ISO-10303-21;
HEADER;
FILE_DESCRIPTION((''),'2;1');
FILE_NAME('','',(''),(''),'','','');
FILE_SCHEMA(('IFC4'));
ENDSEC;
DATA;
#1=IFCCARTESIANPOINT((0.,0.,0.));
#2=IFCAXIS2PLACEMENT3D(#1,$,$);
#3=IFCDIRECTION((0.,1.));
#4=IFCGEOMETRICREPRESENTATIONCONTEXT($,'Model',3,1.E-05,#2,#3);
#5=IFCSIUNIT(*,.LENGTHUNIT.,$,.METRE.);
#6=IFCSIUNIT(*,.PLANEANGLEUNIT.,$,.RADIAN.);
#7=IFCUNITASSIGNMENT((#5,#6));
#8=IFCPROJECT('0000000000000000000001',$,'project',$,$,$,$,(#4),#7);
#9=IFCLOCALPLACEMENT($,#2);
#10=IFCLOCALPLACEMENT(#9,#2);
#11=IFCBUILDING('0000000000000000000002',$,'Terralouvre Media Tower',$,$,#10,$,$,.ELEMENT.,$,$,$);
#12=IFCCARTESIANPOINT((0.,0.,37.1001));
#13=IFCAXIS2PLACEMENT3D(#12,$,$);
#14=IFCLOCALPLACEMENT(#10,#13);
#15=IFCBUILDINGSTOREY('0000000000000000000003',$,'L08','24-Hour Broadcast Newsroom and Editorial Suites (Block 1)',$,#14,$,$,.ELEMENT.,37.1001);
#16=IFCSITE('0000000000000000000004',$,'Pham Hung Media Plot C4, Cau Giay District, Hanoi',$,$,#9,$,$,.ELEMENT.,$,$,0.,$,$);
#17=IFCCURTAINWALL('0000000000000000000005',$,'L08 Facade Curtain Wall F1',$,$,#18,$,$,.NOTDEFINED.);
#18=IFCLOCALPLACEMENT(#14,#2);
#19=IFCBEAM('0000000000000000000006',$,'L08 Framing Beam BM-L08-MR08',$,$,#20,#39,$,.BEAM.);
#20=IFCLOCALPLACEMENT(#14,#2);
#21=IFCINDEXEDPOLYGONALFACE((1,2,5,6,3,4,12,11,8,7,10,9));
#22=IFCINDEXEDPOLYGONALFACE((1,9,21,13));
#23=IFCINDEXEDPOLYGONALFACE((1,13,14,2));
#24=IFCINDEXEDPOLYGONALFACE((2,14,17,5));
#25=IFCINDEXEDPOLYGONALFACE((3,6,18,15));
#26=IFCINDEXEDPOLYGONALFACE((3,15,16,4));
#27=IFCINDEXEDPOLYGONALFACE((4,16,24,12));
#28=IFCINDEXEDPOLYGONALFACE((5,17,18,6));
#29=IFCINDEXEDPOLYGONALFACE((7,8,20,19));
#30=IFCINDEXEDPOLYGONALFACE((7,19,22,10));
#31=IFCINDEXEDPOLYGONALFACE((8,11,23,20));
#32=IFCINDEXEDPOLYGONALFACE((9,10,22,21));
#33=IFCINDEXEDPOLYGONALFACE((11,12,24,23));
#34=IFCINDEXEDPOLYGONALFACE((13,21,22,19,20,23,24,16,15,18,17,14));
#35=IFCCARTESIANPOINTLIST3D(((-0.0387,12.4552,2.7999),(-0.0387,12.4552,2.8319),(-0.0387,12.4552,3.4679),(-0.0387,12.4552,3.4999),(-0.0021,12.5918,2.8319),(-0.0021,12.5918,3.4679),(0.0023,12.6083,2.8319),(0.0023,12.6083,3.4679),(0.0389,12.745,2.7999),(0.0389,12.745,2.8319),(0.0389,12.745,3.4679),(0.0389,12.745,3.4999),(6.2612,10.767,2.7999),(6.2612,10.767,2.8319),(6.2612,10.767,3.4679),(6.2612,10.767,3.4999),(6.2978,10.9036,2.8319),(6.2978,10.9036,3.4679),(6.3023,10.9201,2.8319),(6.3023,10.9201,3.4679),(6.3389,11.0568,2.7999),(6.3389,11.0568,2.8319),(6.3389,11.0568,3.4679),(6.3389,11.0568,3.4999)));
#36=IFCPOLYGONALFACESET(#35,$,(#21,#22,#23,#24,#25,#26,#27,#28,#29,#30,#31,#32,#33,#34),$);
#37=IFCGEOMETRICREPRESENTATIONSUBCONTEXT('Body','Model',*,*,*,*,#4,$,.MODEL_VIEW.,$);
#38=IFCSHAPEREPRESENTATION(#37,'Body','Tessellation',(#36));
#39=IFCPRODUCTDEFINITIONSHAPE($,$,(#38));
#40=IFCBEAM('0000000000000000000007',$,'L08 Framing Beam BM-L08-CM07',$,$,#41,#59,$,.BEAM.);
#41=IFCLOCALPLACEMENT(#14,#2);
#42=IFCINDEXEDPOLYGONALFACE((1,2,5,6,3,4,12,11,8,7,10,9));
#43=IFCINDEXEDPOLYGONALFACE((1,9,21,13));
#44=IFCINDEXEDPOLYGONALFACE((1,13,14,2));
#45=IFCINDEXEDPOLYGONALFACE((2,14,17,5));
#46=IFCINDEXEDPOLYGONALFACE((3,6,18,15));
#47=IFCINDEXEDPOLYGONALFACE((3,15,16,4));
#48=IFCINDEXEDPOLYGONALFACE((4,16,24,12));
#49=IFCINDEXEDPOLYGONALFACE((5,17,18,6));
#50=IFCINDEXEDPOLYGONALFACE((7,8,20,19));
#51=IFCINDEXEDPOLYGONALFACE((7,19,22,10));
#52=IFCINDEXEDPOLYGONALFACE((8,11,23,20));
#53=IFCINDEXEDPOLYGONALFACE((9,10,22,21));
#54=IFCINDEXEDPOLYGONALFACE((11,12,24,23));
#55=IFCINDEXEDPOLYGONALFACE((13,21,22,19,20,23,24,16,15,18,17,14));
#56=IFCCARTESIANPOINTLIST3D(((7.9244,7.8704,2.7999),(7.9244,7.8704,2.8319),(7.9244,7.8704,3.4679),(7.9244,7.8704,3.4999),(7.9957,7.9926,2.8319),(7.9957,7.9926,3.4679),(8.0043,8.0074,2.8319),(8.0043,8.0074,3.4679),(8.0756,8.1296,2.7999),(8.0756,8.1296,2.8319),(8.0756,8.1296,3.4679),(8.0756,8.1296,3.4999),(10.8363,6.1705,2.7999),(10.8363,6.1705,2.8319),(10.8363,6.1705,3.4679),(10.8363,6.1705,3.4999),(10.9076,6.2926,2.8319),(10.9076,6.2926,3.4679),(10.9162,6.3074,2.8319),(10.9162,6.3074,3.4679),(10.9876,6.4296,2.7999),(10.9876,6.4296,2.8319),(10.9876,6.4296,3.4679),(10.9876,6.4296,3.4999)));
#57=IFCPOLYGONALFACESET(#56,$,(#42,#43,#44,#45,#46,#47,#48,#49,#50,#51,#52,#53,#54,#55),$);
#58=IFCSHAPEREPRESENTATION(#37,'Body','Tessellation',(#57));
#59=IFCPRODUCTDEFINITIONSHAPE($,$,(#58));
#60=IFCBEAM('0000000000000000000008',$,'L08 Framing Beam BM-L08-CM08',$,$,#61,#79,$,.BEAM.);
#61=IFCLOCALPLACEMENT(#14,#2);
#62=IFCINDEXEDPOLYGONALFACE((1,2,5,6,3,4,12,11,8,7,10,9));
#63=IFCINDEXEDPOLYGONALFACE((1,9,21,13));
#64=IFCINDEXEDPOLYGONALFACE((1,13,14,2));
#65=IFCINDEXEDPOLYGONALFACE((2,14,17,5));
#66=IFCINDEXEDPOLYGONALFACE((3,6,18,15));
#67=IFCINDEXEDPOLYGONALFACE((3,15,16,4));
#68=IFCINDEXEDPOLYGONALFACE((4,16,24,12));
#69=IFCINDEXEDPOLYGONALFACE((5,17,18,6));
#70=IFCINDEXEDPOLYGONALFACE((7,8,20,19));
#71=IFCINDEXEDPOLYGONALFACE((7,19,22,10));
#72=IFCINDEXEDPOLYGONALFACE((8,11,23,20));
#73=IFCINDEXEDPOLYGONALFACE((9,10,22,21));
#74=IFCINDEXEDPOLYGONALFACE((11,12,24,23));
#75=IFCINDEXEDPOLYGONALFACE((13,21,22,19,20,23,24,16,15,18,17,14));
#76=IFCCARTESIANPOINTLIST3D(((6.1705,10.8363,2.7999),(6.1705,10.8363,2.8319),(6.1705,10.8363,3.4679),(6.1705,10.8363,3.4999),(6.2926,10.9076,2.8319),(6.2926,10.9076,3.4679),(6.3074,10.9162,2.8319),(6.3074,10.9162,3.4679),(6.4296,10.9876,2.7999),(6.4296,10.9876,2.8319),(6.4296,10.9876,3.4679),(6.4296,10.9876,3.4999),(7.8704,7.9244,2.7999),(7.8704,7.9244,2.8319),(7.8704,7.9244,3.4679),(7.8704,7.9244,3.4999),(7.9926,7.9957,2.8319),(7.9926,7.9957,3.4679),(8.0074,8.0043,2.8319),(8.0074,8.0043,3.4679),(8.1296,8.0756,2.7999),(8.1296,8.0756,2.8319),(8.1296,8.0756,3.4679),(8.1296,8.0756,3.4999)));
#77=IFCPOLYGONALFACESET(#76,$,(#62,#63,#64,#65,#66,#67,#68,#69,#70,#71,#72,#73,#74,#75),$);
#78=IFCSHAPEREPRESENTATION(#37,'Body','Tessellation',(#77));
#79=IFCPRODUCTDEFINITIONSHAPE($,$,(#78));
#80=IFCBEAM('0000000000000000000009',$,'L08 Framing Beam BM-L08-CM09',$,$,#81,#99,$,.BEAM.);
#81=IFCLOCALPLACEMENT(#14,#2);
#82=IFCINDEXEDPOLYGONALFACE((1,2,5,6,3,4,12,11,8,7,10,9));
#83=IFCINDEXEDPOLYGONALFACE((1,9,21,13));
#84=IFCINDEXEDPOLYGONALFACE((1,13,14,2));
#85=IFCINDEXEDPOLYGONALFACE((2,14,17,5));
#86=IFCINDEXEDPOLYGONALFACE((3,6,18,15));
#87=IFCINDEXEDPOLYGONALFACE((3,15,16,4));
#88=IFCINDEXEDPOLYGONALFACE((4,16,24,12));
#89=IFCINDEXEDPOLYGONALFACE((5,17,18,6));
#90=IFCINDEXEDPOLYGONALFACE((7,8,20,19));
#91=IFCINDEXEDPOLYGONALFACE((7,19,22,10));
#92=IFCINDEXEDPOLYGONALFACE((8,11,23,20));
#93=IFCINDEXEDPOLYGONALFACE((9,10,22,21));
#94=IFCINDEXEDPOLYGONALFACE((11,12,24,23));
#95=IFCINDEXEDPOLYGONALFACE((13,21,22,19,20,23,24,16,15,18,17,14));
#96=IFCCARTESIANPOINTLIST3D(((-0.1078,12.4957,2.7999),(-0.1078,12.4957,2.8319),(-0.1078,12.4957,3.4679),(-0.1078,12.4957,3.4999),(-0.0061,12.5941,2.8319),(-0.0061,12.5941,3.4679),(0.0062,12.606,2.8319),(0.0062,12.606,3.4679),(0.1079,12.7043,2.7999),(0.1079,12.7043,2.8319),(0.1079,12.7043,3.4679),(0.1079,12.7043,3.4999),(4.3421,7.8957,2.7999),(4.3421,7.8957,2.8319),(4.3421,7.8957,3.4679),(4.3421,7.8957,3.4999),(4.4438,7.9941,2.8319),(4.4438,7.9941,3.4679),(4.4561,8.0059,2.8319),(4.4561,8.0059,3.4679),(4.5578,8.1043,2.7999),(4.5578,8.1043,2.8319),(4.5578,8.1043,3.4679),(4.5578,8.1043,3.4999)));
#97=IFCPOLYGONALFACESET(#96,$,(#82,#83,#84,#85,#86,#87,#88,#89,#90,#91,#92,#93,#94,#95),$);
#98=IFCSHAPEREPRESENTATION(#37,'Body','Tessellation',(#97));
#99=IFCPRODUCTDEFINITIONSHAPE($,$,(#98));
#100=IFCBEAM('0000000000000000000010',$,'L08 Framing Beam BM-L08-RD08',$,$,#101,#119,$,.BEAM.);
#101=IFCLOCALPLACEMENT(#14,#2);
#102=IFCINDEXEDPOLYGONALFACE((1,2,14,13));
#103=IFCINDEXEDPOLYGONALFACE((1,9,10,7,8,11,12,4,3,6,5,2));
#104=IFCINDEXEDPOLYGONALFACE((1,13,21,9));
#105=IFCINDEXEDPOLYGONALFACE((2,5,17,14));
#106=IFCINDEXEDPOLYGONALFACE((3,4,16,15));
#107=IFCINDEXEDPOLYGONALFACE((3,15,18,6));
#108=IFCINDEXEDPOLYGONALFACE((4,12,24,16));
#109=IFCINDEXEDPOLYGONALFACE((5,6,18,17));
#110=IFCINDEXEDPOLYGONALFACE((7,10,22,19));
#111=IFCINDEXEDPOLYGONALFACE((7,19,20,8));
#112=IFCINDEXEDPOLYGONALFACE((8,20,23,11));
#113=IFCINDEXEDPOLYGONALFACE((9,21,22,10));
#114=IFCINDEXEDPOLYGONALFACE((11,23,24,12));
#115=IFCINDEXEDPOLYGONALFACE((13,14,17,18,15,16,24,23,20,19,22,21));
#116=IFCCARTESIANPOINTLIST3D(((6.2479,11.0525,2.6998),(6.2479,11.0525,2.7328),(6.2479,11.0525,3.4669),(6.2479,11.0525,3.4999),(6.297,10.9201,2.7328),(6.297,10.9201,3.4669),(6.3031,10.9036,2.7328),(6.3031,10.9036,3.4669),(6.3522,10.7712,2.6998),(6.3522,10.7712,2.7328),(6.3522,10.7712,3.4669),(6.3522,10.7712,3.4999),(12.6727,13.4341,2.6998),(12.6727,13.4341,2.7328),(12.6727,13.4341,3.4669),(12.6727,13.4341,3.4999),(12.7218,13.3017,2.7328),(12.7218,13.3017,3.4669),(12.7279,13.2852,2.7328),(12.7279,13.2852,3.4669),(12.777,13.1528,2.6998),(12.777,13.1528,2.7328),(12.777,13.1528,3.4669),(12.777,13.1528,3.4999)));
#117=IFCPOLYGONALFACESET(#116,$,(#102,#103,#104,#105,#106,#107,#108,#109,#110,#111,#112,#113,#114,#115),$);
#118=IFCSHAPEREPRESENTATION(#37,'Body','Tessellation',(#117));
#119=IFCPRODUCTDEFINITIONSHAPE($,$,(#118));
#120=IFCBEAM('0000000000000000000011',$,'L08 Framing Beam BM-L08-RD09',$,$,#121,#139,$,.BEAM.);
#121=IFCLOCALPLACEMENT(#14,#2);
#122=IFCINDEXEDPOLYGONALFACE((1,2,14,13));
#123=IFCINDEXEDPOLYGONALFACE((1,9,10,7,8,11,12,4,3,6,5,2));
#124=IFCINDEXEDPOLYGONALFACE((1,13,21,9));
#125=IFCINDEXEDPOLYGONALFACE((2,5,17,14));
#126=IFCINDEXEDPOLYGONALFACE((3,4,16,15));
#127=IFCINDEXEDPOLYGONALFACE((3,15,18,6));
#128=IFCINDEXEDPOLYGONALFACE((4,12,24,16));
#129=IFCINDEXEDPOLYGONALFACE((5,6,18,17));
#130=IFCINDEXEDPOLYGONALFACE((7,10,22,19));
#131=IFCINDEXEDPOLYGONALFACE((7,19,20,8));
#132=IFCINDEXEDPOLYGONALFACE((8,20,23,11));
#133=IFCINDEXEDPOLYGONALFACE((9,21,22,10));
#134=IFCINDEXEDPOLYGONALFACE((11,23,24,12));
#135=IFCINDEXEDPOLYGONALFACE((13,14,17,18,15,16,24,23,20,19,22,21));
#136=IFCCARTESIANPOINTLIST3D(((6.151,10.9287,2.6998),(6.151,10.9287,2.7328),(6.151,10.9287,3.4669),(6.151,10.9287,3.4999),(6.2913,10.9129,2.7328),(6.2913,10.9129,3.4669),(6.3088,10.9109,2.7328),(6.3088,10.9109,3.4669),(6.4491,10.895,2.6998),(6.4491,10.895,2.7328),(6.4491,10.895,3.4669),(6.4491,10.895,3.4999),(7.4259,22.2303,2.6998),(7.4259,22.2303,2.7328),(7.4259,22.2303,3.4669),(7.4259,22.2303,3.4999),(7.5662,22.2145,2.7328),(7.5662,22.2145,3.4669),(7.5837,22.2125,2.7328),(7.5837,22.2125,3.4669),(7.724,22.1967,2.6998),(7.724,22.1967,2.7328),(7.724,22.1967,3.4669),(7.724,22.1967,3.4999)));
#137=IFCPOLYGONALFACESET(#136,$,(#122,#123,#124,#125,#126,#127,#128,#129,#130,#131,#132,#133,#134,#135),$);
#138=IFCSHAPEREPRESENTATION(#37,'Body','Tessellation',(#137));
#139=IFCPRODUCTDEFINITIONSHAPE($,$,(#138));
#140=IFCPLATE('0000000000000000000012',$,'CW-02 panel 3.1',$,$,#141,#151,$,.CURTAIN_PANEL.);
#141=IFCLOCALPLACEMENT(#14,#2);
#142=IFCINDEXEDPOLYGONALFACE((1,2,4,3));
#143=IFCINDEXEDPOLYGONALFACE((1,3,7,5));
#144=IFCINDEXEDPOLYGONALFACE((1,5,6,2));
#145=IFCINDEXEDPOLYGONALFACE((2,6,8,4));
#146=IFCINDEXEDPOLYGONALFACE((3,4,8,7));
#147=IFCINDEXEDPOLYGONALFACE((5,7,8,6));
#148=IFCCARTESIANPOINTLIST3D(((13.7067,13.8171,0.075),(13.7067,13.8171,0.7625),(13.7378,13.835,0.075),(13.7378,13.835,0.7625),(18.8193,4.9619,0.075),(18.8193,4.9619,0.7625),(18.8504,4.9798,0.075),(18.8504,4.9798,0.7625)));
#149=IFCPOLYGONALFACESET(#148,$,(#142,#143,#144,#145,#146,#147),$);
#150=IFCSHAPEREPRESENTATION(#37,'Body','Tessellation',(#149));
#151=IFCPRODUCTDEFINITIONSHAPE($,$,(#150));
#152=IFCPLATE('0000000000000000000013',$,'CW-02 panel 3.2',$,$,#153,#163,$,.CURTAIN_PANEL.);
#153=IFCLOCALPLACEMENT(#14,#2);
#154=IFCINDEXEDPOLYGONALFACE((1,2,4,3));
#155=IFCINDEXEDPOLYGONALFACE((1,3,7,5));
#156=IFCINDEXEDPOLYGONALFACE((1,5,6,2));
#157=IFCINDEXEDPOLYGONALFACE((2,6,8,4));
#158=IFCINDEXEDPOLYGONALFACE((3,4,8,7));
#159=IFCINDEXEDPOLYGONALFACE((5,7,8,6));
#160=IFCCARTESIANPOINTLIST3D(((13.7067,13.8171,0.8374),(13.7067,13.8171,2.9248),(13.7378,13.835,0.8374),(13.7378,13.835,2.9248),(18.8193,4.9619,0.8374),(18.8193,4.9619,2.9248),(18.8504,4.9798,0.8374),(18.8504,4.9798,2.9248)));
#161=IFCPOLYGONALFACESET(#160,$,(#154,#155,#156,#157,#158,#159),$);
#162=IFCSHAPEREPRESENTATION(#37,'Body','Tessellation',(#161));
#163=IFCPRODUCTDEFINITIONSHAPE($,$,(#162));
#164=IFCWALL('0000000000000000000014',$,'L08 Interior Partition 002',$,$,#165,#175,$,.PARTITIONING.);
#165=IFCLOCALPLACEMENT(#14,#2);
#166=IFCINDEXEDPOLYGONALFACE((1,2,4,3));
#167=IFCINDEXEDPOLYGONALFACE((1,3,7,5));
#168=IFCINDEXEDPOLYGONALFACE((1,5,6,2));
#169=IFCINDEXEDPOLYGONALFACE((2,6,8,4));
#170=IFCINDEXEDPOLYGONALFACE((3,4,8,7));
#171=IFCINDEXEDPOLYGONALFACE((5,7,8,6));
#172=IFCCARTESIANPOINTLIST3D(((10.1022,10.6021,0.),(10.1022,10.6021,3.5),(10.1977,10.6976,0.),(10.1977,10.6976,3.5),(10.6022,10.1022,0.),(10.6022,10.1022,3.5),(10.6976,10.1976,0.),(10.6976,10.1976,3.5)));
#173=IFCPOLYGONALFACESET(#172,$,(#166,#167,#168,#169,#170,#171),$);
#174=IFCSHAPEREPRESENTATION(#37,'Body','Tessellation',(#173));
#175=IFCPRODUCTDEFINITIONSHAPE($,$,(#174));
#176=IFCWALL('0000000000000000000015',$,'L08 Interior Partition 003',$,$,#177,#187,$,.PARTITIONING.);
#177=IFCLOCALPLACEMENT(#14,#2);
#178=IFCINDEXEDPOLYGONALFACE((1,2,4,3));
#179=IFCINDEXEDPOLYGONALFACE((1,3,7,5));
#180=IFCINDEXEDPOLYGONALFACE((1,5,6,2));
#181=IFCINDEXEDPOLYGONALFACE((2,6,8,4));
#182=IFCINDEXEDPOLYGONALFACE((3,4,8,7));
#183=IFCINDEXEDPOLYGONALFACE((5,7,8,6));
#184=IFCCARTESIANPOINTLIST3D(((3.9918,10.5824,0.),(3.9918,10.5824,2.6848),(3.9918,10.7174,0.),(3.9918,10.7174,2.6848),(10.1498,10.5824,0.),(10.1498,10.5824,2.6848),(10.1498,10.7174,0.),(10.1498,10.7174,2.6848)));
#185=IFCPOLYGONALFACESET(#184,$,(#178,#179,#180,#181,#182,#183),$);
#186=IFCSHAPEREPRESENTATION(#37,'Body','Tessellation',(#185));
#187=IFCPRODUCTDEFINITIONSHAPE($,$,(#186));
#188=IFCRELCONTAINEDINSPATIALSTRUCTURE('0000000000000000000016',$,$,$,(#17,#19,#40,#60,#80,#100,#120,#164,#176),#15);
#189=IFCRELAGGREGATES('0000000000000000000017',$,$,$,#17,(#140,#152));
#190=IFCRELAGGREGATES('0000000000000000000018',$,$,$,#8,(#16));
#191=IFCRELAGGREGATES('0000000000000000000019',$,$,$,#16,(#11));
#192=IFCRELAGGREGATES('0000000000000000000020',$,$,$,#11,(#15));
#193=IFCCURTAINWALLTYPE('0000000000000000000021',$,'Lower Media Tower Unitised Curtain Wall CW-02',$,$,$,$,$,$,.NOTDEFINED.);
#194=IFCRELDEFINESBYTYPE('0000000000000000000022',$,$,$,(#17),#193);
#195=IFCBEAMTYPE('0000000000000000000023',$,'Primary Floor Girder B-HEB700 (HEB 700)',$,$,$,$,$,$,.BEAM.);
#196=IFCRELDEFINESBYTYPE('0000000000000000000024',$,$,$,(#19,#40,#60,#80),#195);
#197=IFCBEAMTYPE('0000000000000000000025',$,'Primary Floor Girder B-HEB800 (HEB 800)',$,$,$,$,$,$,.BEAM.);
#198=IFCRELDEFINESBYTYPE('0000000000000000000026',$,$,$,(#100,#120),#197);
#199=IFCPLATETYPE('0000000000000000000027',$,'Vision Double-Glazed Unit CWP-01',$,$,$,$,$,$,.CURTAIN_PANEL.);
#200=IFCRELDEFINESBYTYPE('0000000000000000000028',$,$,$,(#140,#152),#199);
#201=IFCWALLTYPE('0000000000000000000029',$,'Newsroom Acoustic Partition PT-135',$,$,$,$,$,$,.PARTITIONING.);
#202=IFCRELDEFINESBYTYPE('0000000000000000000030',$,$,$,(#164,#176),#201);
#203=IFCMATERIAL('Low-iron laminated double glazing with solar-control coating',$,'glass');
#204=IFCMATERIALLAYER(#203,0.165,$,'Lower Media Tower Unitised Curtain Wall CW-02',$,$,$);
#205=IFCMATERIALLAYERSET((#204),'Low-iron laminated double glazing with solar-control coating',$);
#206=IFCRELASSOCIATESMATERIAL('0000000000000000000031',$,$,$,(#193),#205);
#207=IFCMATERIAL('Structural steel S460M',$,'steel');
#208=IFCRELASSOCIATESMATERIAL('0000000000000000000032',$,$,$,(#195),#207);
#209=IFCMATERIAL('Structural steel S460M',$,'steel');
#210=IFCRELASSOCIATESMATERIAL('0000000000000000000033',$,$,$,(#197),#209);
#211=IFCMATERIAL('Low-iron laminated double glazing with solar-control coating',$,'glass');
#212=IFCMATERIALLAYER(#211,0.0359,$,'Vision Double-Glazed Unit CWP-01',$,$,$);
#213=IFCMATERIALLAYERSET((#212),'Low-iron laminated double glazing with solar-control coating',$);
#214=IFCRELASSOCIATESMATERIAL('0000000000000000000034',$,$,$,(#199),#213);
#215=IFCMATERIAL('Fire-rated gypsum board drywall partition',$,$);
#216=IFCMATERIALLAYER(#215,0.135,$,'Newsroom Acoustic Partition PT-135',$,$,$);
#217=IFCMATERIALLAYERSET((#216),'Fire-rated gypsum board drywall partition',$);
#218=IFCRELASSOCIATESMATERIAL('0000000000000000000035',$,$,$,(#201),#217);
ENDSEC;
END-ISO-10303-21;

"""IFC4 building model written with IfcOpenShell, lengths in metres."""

from ifc_helpers import new_model, si_unit, direction, frame, frame_2d, origin, origin_2d, place, context, subcontext, project, spatial, rectangle, i_section, extrude, material, layer, layer_set, material_profile, profile_set, type_object, element, aggregate, save


model = new_model("IFC4")

# Units and contexts
model_context = context("Model", 3, precision=1e-05, world=origin(), true_north=direction((0.0, 1.0)))
body_context = subcontext(model_context, "Body", "Model", "MODEL_VIEW")
ifc_project = project(units=[si_unit("LENGTHUNIT", "METRE"), si_unit("PLANEANGLEUNIT", "RADIAN")], contexts=[model_context])

# Site, building, storey
site_placement = place(None, origin())
site = spatial("IfcSite", under=ifc_project, at=site_placement, Name="Pham Hung Media Plot C4, Cau Giay District, Hanoi", CompositionType="ELEMENT", RefElevation=0.0)
building_placement = place(site_placement, origin())
building = spatial("IfcBuilding", under=site, at=building_placement, Name="Terralouvre Media Tower", CompositionType="ELEMENT")
storey_placement = place(building_placement, frame((0.0, 0.0, 37.1001)))
storey = spatial("IfcBuildingStorey", under=building, at=storey_placement, Name="L08", Description="24-Hour Broadcast Newsroom and Editorial Suites (Block 1)", CompositionType="ELEMENT", Elevation=37.1001)

# Curtain wall
ifc_material_1 = material(Name="Low-iron laminated double glazing with solar-control coating", Category="glass")
ifc_layer_1 = layer(ifc_material_1, 0.165, Name="Lower Media Tower Unitised Curtain Wall CW-02")
ifc_layer_set_1 = layer_set([ifc_layer_1], Name="Low-iron laminated double glazing with solar-control coating")
curtain_wall_type = type_object("IfcCurtainWallType", Name="Lower Media Tower Unitised Curtain Wall CW-02", PredefinedType="NOTDEFINED", material=ifc_layer_set_1)
curtain_wall_placement = place(storey_placement, origin())
curtain_wall = element("IfcCurtainWall", 1, at=curtain_wall_placement, inside=storey, type_object=curtain_wall_type, Name="L08 Facade Curtain Wall F1", PredefinedType="NOTDEFINED")

# Beams
ifc_material_2 = material(Name="Structural steel S460M", Category="steel")
ifc_material_profile_1 = material_profile(ifc_material_2, i_section(OverallWidth=0.3, OverallDepth=0.7, WebThickness=0.0171, FlangeThickness=0.032, at=origin_2d()), Name="HEB 700")
ifc_profile_set_1 = profile_set([ifc_material_profile_1], Name="Structural steel S460M")
beam_type_1 = type_object("IfcBeamType", Name="Primary Floor Girder B-HEB700 (HEB 700)", PredefinedType="BEAM", material=ifc_profile_set_1)
beam_1_placement = place(storey_placement, frame((6.3, 10.9119, 3.1499), z_axis=(-0.96592, 0.258839, 0.0), x_axis=(-0.258839, -0.96592, 0.0)))
element("IfcBeam", 2, at=beam_1_placement, inside=storey, type_object=beam_type_1, Name="L08 Framing Beam BM-L08-MR08", PredefinedType="BEAM", context=body_context, shape_type="SweptSolid", body=[
    extrude(i_section(OverallWidth=0.3, OverallDepth=0.7, WebThickness=0.0171, FlangeThickness=0.032, at=origin_2d()), origin(), (0.0, 0.0, 1.0), 6.5222),
])
for number, where, z_axis, x_axis, name in (
    (3, (8.0, 8.0, 3.1499), (0.863603, -0.504173, 0.0), (0.504173, 0.863603, 0.0), "L08 Framing Beam BM-L08-CM07"),
    (4, (8.0, 8.0, 3.1499), (-0.504173, 0.863603, 0.0), (-0.863603, -0.504173, 0.0), "L08 Framing Beam BM-L08-CM08"),
):
    element("IfcBeam", number, at=place(storey_placement, frame(where, z_axis=z_axis, x_axis=x_axis)), inside=storey, type_object=beam_type_1, Name=name, PredefinedType="BEAM", context=body_context, shape_type="SweptSolid", body=[
        extrude(i_section(OverallWidth=0.3, OverallDepth=0.7, WebThickness=0.0171, FlangeThickness=0.032, at=origin_2d()), origin(), (0.0, 0.0, 1.0), 3.3718),
    ])
beam_2_placement = place(storey_placement, frame((4.45, 8.0, 3.1499), z_axis=(-0.69528, 0.718739, 0.0), x_axis=(-0.718739, -0.69528, 0.0)))
element("IfcBeam", 5, at=beam_2_placement, inside=storey, type_object=beam_type_1, Name="L08 Framing Beam BM-L08-CM09", PredefinedType="BEAM", context=body_context, shape_type="SweptSolid", body=[
    extrude(i_section(OverallWidth=0.3, OverallDepth=0.7, WebThickness=0.0171, FlangeThickness=0.032, at=origin_2d()), origin(), (0.0, 0.0, 1.0), 6.4001),
])
ifc_material_3 = material(Name="Structural steel S460M", Category="steel")
ifc_material_profile_2 = material_profile(ifc_material_3, i_section(OverallWidth=0.3, OverallDepth=0.8, WebThickness=0.0176, FlangeThickness=0.033, at=origin_2d()), Name="HEB 800")
ifc_profile_set_2 = profile_set([ifc_material_profile_2], Name="Structural steel S460M")
beam_type_2 = type_object("IfcBeamType", Name="Primary Floor Girder B-HEB800 (HEB 800)", PredefinedType="BEAM", material=ifc_profile_set_2)
beam_3_placement = place(storey_placement, frame((6.3, 10.9119, 3.0999), z_axis=(0.937652, 0.347575, 0.0), x_axis=(-0.347575, 0.937652, 0.0)))
element("IfcBeam", 6, at=beam_3_placement, inside=storey, type_object=beam_type_2, Name="L08 Framing Beam BM-L08-RD08", PredefinedType="BEAM", context=body_context, shape_type="SweptSolid", body=[
    extrude(i_section(OverallWidth=0.3, OverallDepth=0.8, WebThickness=0.0176, FlangeThickness=0.033, at=origin_2d()), origin(), (0.0, 0.0, 1.0), 6.8521),
])
beam_4_placement = place(storey_placement, frame((6.3, 10.9119, 3.0999), z_axis=(0.112097, 0.993697, 0.0), x_axis=(-0.993697, 0.112097, 0.0)))
element("IfcBeam", 7, at=beam_4_placement, inside=storey, type_object=beam_type_2, Name="L08 Framing Beam BM-L08-RD09", PredefinedType="BEAM", context=body_context, shape_type="SweptSolid", body=[
    extrude(i_section(OverallWidth=0.3, OverallDepth=0.8, WebThickness=0.0176, FlangeThickness=0.033, at=origin_2d()), origin(), (0.0, 0.0, 1.0), 11.3733),
])

# Plates
ifc_material_4 = material(Name="Low-iron laminated double glazing with solar-control coating", Category="glass")
ifc_layer_2 = layer(ifc_material_4, 0.0359, Name="Vision Double-Glazed Unit CWP-01")
ifc_layer_set_2 = layer_set([ifc_layer_2], Name="Low-iron laminated double glazing with solar-control coating")
plate_type = type_object("IfcPlateType", Name="Vision Double-Glazed Unit CWP-01", PredefinedType="CURTAIN_PANEL", material=ifc_layer_set_2)
plate_1_placement = place(storey_placement, frame((16.2786, 9.3984, 0.075), z_axis=(0.0, 0.0, 1.0), x_axis=(-0.5, 0.866025, 0.0)))
plate_1 = element("IfcPlate", 8, at=plate_1_placement, type_object=plate_type, Name="CW-02 panel 3.1", PredefinedType="CURTAIN_PANEL", context=body_context, shape_type="SweptSolid", body=[
    extrude(rectangle(XDim=10.2251, YDim=0.0359, at=origin_2d()), origin(), (0.0, 0.0, 1.0), 0.6875),
])
plate_2_placement = place(storey_placement, frame((16.2786, 9.3984, 0.8374), z_axis=(0.0, 0.0, 1.0), x_axis=(-0.5, 0.866025, 0.0)))
plate_2 = element("IfcPlate", 9, at=plate_2_placement, type_object=plate_type, Name="CW-02 panel 3.2", PredefinedType="CURTAIN_PANEL", context=body_context, shape_type="SweptSolid", body=[
    extrude(rectangle(XDim=10.2251, YDim=0.0359, at=origin_2d()), origin(), (0.0, 0.0, 1.0), 2.0874),
])
aggregate(curtain_wall, [plate_1, plate_2])

# Walls
ifc_material_5 = material(Name="Fire-rated gypsum board drywall partition")
ifc_layer_3 = layer(ifc_material_5, 0.135, Name="Newsroom Acoustic Partition PT-135")
ifc_layer_set_3 = layer_set([ifc_layer_3], Name="Fire-rated gypsum board drywall partition")
wall_type = type_object("IfcWallType", Name="Newsroom Acoustic Partition PT-135", PredefinedType="PARTITIONING", material=ifc_layer_set_3)
wall_1_placement = place(storey_placement, frame((10.6499, 10.1499, 0.0), z_axis=(0.0, 0.0, 1.0), x_axis=(-0.707107, 0.707107, 0.0)))
element("IfcWall", 10, at=wall_1_placement, inside=storey, type_object=wall_type, Name="L08 Interior Partition 002", PredefinedType="PARTITIONING", context=body_context, shape_type="SweptSolid", body=[
    extrude(rectangle(XDim=0.707, YDim=0.135, at=frame_2d((0.3535, 0.0))), origin(), (0.0, 0.0, 1.0), 3.5),
])
wall_2_placement = place(storey_placement, frame((10.1499, 10.6499, 0.0), z_axis=(0.0, 0.0, 1.0), x_axis=(-1.0, 0.0, 0.0)))
element("IfcWall", 11, at=wall_2_placement, inside=storey, type_object=wall_type, Name="L08 Interior Partition 003", PredefinedType="PARTITIONING", context=body_context, shape_type="SweptSolid", body=[
    extrude(rectangle(XDim=6.158, YDim=0.135, at=frame_2d((3.0791, 0.0))), origin(), (0.0, 0.0, 1.0), 2.6848),
])

save(model, "model.ifc")
